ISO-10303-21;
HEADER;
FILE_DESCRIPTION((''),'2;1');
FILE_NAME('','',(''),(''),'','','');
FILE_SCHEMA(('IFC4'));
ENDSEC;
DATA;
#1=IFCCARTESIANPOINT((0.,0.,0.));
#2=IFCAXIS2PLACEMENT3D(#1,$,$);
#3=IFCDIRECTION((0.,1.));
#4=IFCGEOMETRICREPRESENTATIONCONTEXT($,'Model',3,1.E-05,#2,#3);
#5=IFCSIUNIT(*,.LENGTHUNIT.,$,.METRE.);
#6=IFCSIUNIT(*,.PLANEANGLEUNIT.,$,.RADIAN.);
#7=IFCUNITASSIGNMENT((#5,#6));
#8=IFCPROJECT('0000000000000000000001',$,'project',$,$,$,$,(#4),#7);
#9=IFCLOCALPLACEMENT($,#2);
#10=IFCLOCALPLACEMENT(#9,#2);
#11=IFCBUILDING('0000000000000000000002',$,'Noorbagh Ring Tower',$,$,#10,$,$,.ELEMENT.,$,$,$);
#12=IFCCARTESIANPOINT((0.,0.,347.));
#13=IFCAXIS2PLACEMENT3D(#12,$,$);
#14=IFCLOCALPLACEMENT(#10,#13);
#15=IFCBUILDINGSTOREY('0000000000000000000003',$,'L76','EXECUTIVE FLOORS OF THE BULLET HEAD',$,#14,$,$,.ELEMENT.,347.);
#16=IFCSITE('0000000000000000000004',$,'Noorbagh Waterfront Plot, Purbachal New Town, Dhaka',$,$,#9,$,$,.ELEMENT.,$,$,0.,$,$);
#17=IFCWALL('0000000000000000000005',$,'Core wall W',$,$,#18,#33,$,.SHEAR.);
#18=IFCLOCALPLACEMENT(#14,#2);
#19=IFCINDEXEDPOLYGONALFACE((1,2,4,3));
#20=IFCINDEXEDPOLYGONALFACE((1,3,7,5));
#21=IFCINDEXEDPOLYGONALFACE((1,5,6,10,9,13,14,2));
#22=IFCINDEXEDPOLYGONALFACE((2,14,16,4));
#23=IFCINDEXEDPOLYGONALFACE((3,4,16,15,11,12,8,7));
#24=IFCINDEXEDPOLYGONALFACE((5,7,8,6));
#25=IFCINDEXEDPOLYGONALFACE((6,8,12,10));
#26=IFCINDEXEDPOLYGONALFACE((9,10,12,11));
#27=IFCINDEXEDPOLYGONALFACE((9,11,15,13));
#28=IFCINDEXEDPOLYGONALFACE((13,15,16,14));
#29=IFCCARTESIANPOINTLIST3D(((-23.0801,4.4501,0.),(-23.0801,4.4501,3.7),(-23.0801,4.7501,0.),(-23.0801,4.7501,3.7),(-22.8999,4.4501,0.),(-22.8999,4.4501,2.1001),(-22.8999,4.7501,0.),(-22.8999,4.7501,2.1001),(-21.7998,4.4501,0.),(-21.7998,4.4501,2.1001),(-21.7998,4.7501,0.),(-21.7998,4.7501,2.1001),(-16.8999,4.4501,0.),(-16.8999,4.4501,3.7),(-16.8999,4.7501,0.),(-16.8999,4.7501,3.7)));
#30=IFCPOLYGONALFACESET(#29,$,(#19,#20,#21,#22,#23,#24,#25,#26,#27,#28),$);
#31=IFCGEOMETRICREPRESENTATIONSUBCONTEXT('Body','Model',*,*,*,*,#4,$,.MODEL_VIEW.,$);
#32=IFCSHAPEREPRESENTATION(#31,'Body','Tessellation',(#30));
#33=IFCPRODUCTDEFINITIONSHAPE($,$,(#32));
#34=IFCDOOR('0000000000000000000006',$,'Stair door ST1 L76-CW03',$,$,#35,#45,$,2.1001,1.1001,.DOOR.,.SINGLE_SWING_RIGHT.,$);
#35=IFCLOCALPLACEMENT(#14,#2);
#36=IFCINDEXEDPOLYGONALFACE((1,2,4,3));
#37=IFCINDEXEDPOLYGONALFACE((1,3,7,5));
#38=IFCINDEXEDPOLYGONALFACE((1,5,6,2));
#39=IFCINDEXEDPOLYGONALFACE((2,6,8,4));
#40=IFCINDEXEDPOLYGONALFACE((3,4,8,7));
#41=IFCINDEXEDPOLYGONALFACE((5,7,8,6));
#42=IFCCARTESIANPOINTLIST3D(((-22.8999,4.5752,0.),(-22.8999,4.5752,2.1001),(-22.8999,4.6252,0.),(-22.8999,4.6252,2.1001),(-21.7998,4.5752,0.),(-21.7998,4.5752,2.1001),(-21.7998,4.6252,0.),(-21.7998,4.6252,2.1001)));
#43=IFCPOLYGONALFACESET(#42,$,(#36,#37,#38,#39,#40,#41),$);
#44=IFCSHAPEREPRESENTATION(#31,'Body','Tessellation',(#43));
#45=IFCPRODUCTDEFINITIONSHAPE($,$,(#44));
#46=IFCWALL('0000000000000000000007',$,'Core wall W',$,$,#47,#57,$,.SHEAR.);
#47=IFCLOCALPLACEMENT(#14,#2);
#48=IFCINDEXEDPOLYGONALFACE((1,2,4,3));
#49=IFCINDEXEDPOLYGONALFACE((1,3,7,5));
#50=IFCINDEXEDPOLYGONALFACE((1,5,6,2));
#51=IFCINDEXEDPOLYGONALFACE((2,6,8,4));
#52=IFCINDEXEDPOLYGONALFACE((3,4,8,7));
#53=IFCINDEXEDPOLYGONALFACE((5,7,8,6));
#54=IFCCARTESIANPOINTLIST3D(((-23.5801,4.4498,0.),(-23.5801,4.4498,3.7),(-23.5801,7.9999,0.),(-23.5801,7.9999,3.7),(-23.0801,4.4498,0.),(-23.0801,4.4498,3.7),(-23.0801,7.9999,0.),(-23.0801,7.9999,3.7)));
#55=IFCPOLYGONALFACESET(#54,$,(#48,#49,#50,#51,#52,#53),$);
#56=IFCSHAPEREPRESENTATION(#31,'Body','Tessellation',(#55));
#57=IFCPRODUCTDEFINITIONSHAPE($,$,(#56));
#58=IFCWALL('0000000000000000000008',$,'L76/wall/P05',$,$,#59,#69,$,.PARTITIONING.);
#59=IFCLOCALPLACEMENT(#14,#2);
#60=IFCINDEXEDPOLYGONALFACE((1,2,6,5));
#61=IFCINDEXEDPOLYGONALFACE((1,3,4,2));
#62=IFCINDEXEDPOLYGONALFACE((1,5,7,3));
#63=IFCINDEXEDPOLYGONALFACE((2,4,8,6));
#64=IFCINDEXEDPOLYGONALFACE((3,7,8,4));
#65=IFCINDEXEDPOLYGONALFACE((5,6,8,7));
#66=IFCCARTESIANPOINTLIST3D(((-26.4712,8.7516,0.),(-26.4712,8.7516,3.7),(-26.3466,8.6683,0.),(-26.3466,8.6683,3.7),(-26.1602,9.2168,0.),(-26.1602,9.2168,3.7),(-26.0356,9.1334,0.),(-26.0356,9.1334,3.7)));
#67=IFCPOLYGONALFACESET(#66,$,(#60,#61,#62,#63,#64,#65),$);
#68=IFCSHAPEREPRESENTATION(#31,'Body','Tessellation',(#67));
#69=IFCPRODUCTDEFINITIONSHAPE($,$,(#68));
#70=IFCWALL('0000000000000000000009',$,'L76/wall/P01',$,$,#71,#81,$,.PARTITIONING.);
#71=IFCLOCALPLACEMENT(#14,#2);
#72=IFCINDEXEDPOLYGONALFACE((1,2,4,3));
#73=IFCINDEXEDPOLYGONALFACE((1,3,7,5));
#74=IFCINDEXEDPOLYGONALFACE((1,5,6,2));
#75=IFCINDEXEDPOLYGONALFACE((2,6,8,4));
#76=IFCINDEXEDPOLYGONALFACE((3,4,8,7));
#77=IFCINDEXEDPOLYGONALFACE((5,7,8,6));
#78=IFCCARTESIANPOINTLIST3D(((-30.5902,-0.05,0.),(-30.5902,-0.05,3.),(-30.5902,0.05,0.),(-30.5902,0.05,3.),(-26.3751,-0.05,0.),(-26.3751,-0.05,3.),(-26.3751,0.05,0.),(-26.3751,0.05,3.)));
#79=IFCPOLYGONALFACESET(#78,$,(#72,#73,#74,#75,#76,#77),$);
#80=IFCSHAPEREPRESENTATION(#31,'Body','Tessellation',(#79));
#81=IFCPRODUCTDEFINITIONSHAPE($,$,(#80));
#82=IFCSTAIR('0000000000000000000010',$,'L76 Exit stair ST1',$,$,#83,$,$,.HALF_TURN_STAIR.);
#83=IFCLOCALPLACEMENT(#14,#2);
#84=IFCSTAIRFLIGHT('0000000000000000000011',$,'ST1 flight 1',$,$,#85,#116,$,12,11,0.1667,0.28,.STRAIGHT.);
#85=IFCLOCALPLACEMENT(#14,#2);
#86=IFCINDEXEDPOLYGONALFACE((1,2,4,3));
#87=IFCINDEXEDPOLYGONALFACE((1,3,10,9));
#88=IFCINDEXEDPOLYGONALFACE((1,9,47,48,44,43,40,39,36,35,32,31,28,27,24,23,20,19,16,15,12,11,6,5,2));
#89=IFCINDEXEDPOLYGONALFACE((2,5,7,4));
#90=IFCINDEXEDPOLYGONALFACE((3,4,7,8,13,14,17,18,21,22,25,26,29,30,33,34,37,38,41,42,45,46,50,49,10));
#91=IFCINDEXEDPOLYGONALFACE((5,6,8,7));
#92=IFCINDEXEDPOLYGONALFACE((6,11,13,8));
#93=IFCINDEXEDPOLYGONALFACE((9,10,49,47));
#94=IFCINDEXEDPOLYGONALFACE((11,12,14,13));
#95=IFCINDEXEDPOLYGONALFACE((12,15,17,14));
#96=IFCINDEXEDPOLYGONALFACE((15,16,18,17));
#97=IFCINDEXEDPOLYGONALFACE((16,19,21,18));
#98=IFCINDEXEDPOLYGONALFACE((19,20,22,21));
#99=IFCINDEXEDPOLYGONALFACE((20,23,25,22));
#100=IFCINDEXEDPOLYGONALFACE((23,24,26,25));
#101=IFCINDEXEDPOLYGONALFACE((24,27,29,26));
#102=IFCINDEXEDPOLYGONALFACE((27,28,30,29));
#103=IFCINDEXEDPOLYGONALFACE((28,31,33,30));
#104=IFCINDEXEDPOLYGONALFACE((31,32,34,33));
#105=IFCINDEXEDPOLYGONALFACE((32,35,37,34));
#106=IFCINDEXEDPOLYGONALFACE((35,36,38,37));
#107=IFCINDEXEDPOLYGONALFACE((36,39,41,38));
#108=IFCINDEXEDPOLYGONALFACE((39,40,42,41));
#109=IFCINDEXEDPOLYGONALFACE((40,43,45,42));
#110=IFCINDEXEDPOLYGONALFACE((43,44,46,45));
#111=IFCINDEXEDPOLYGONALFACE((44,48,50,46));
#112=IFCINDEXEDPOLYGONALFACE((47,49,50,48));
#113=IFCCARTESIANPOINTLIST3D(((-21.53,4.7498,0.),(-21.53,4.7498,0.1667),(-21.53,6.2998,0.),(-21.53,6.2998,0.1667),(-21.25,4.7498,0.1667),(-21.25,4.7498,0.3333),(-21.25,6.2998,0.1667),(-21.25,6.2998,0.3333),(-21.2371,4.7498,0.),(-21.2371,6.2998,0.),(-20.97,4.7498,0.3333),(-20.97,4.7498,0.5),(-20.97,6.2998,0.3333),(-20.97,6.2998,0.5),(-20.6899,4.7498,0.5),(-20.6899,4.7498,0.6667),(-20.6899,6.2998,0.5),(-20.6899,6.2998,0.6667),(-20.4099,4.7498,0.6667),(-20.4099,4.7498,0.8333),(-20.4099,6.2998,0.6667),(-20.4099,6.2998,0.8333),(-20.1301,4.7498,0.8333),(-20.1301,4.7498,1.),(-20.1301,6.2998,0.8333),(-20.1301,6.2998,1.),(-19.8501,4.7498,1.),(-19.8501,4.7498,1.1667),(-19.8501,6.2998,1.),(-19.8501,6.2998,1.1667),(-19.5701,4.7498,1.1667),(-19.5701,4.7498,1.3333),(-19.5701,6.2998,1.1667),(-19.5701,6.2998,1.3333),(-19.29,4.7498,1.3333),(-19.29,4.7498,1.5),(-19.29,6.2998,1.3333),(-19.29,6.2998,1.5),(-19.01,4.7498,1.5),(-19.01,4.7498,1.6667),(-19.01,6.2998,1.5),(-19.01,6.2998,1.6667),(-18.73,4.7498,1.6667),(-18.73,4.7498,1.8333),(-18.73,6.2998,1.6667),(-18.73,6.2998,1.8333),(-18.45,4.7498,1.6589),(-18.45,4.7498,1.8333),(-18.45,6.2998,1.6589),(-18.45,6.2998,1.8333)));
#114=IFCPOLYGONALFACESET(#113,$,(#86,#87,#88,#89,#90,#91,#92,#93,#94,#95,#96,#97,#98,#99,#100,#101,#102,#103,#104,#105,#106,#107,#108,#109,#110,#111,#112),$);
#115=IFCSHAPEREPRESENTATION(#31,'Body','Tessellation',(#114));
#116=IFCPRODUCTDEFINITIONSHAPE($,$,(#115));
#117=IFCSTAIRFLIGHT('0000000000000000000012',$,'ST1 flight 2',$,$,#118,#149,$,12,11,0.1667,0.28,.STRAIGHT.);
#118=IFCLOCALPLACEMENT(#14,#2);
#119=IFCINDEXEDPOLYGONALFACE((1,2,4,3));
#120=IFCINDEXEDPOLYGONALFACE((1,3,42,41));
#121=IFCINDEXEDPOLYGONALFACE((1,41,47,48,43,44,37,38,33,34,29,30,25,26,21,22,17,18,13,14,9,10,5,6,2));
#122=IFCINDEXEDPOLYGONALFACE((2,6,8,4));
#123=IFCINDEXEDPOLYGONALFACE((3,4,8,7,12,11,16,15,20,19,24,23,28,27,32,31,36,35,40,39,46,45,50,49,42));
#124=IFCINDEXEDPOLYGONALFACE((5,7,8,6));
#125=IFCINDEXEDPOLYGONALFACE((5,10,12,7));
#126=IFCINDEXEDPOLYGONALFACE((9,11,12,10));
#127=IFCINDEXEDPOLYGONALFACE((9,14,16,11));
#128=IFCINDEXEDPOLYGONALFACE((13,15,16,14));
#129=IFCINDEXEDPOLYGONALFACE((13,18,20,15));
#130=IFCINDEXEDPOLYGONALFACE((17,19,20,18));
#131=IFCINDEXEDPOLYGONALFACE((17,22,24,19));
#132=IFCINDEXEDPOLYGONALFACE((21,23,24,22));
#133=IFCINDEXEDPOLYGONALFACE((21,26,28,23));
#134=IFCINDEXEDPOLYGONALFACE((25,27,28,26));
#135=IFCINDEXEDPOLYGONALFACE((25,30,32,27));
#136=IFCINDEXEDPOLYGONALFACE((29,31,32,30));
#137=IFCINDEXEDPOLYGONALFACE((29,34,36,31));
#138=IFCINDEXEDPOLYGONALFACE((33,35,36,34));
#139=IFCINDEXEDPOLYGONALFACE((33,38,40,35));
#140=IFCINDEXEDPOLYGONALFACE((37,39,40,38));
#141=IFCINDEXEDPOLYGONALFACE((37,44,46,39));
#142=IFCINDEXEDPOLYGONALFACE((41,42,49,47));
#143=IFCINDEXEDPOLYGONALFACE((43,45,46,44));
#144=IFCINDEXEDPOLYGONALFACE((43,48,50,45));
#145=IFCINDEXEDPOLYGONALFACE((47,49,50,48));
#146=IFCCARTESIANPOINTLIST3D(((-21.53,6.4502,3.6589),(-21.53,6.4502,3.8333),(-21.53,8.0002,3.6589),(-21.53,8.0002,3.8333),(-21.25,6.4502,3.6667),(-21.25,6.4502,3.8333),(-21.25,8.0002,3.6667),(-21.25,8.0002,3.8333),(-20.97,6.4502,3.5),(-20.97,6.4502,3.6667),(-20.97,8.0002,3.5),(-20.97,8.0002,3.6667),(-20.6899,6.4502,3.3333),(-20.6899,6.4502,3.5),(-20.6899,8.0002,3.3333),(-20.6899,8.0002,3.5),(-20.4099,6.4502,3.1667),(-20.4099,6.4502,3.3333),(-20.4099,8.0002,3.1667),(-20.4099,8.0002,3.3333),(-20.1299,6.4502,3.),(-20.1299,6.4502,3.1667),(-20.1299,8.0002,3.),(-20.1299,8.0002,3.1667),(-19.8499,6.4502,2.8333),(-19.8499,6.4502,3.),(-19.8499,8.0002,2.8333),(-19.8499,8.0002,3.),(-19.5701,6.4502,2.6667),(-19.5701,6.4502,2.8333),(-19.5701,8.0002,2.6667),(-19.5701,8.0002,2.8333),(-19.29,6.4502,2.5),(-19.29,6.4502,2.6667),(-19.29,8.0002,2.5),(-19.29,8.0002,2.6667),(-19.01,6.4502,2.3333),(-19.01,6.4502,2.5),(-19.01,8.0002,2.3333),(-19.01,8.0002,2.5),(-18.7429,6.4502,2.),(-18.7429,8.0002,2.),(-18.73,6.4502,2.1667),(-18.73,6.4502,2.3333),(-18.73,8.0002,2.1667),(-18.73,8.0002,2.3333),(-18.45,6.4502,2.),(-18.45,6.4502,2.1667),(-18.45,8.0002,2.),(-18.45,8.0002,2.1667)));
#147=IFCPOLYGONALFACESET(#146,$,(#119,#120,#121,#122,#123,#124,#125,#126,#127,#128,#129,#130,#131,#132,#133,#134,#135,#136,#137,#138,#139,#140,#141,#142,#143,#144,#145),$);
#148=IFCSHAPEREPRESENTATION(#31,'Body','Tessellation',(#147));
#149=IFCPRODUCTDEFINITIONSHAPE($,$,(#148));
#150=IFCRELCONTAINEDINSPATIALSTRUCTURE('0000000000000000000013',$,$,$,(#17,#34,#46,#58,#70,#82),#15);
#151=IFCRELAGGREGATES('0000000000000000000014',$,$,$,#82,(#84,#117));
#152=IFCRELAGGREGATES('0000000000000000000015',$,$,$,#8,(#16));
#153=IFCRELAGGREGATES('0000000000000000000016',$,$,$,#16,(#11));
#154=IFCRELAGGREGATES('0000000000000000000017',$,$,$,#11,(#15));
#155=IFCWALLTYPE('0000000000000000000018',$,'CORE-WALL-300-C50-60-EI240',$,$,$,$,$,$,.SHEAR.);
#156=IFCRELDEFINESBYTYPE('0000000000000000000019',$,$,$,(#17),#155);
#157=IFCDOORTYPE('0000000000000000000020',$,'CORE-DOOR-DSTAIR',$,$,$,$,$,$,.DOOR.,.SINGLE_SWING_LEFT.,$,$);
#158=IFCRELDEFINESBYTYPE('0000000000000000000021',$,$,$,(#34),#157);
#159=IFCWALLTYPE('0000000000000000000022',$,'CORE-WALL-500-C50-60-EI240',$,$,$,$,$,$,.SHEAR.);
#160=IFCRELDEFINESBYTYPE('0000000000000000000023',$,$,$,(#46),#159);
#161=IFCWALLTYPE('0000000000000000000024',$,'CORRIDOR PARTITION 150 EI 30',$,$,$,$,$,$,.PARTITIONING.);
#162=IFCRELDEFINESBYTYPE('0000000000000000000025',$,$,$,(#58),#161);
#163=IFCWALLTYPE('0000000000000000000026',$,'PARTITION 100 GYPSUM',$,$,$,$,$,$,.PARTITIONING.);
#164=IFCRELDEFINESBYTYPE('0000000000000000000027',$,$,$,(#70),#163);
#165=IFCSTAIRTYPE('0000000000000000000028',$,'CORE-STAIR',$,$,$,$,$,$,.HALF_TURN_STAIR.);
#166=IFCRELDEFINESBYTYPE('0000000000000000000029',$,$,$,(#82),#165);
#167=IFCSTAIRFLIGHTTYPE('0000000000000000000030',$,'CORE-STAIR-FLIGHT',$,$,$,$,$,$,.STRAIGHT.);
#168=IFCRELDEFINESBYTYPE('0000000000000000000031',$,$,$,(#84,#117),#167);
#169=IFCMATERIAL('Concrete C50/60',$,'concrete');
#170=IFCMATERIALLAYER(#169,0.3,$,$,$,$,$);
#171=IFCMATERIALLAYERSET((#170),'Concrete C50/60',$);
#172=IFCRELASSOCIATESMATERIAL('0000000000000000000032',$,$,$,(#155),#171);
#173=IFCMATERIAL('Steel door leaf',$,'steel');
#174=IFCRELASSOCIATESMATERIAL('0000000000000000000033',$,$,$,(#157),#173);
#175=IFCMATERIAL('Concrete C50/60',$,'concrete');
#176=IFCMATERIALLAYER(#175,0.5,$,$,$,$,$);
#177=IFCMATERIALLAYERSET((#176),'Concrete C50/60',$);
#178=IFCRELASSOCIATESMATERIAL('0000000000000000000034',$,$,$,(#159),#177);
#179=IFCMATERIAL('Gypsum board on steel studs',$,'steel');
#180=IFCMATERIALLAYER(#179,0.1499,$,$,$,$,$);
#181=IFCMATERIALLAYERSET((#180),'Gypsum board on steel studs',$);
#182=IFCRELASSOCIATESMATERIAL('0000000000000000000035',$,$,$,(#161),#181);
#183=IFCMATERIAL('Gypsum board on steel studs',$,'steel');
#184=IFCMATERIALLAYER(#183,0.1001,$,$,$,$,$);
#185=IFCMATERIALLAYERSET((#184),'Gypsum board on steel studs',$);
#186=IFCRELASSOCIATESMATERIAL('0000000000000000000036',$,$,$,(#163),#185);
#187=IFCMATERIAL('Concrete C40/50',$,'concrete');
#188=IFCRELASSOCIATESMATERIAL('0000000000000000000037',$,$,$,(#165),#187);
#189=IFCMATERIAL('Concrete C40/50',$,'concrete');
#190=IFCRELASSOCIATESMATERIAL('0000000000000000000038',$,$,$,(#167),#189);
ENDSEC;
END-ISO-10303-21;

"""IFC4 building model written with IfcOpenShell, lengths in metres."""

from ifc_helpers import new_model, si_unit, direction, frame, frame_2d, origin, place, context, subcontext, project, spatial, polyline, rectangle, outline, extrude, material, layer, layer_set, type_object, element, fill, aggregate, save


model = new_model("IFC4")

# Units and contexts
model_context = context("Model", 3, precision=1e-05, world=origin(), true_north=direction((0.0, 1.0)))
body_context = subcontext(model_context, "Body", "Model", "MODEL_VIEW")
ifc_project = project(units=[si_unit("LENGTHUNIT", "METRE"), si_unit("PLANEANGLEUNIT", "RADIAN")], contexts=[model_context])

# Site, building, storey
site_placement = place(None, origin())
site = spatial("IfcSite", under=ifc_project, at=site_placement, Name="Noorbagh Waterfront Plot, Purbachal New Town, Dhaka", CompositionType="ELEMENT", RefElevation=0.0)
building_placement = place(site_placement, origin())
building = spatial("IfcBuilding", under=site, at=building_placement, Name="Noorbagh Ring Tower", CompositionType="ELEMENT")
storey_placement = place(building_placement, frame((0.0, 0.0, 347.0)))
storey = spatial("IfcBuildingStorey", under=building, at=storey_placement, Name="L76", Description="EXECUTIVE FLOORS OF THE BULLET HEAD", CompositionType="ELEMENT", Elevation=347.0)

# Wall, opening, door
ifc_material_1 = material(Name="Concrete C50/60", Category="concrete")
ifc_layer_1 = layer(ifc_material_1, 0.3)
ifc_layer_set_1 = layer_set([ifc_layer_1], Name="Concrete C50/60")
wall_type_1 = type_object("IfcWallType", Name="CORE-WALL-300-C50-60-EI240", PredefinedType="SHEAR", material=ifc_layer_set_1)
wall_1_placement = place(storey_placement, frame((-16.8999, 4.6001, 0.0), z_axis=(0.0, 0.0, 1.0), x_axis=(-1.0, 0.0, 0.0)))
wall_1 = element("IfcWall", 1, at=wall_1_placement, inside=storey, type_object=wall_type_1, Name="Core wall W", PredefinedType="SHEAR", context=body_context, shape_type="SweptSolid", body=[
    extrude(rectangle(XDim=6.1802, YDim=0.3, at=frame_2d((3.0901, 0.0))), origin(), (0.0, 0.0, 1.0), 3.7),
])
opening_placement = place(wall_1_placement, frame((4.8999, 0.0, 0.0)))
opening = element("IfcOpeningElement", 2, at=opening_placement, cuts=wall_1, PredefinedType="OPENING", context=body_context, shape_type="SweptSolid", body=[
    extrude(rectangle(XDim=1.1001, YDim=2.1001, at=frame_2d((0.55, 1.05))), frame((0.0, 0.1602, 0.0), z_axis=(0.0, -1.0, 0.0), x_axis=(1.0, 0.0, 0.0)), (0.0, 0.0, 1.0), 0.3201),
])
ifc_material_2 = material(Name="Steel door leaf", Category="steel")
door_type = type_object("IfcDoorType", Name="CORE-DOOR-DSTAIR", OperationType="SINGLE_SWING_LEFT", PredefinedType="DOOR", material=ifc_material_2)
door_placement = place(opening_placement, origin())
door = element("IfcDoor", 3, at=door_placement, inside=storey, type_object=door_type, Name="Stair door ST1 L76-CW03", OperationType="SINGLE_SWING_RIGHT", OverallHeight=2.1001, OverallWidth=1.1001, PredefinedType="DOOR", context=body_context, shape_type="SweptSolid", body=[
    extrude(rectangle(XDim=1.1001, YDim=2.1001, at=frame_2d((0.55, 1.05))), frame((0.0, 0.0249, 0.0), z_axis=(0.0, -1.0, 0.0), x_axis=(1.0, 0.0, 0.0)), (0.0, 0.0, 1.0), 0.05),
])
fill(opening, door)

# Walls
ifc_material_3 = material(Name="Concrete C50/60", Category="concrete")
ifc_layer_2 = layer(ifc_material_3, 0.5)
ifc_layer_set_2 = layer_set([ifc_layer_2], Name="Concrete C50/60")
wall_type_2 = type_object("IfcWallType", Name="CORE-WALL-500-C50-60-EI240", PredefinedType="SHEAR", material=ifc_layer_set_2)
wall_2_placement = place(storey_placement, frame((-23.3301, 4.45, 0.0), z_axis=(0.0, 0.0, 1.0), x_axis=(0.0, 1.0, 0.0)))
element("IfcWall", 4, at=wall_2_placement, inside=storey, type_object=wall_type_2, Name="Core wall W", PredefinedType="SHEAR", context=body_context, shape_type="SweptSolid", body=[
    extrude(rectangle(XDim=3.55, YDim=0.5, at=frame_2d((1.7749, 0.0))), origin(), (0.0, 0.0, 1.0), 3.7),
])
ifc_material_4 = material(Name="Gypsum board on steel studs", Category="steel")
ifc_layer_3 = layer(ifc_material_4, 0.1499)
ifc_layer_set_3 = layer_set([ifc_layer_3], Name="Gypsum board on steel studs")
wall_type_3 = type_object("IfcWallType", Name="CORRIDOR PARTITION 150 EI 30", PredefinedType="PARTITIONING", material=ifc_layer_set_3)
wall_3_placement = place(storey_placement, frame((-26.4089, 8.71, 0.0), z_axis=(0.0, 0.0, 1.0), x_axis=(0.555908, 0.831244, 0.0)))
element("IfcWall", 5, at=wall_3_placement, inside=storey, type_object=wall_type_3, Name="L76/wall/P05", PredefinedType="PARTITIONING", context=body_context, shape_type="SweptSolid", body=[
    extrude(rectangle(XDim=0.5596, YDim=0.1499, at=frame_2d((0.2798, 0.0))), origin(), (0.0, 0.0, 1.0), 3.7),
])
ifc_material_5 = material(Name="Gypsum board on steel studs", Category="steel")
ifc_layer_4 = layer(ifc_material_5, 0.1001)
ifc_layer_set_4 = layer_set([ifc_layer_4], Name="Gypsum board on steel studs")
wall_type_4 = type_object("IfcWallType", Name="PARTITION 100 GYPSUM", PredefinedType="PARTITIONING", material=ifc_layer_set_4)
wall_4_placement = place(storey_placement, frame((-30.5901, 0.0, 0.0), z_axis=(0.0, 0.0, 1.0), x_axis=(1.0, 0.0, 0.0)))
element("IfcWall", 6, at=wall_4_placement, inside=storey, type_object=wall_type_4, Name="L76/wall/P01", PredefinedType="PARTITIONING", context=body_context, shape_type="SweptSolid", body=[
    extrude(rectangle(XDim=4.2151, YDim=0.1001, at=frame_2d((2.1074, 0.0))), origin(), (0.0, 0.0, 1.0), 3.0),
])

# Stair, stair flights
ifc_material_6 = material(Name="Concrete C40/50", Category="concrete")
stair_type = type_object("IfcStairType", Name="CORE-STAIR", PredefinedType="HALF_TURN_STAIR", material=ifc_material_6)
stair_placement = place(storey_placement, origin())
stair = element("IfcStair", 7, at=stair_placement, inside=storey, type_object=stair_type, Name="L76 Exit stair ST1", PredefinedType="HALF_TURN_STAIR")
ifc_material_7 = material(Name="Concrete C40/50", Category="concrete")
stair_flight_type = type_object("IfcStairFlightType", Name="CORE-STAIR-FLIGHT", PredefinedType="STRAIGHT", material=ifc_material_7)
stair_flight_1_placement = place(storey_placement, frame((-21.53, 5.5249, 0.0), z_axis=(0.0, 0.0, 1.0), x_axis=(1.0, 0.0, 0.0)))
stair_flight_1 = element("IfcStairFlight", 8, at=stair_flight_1_placement, type_object=stair_flight_type, Name="ST1 flight 1", NumberOfRisers=12, NumberOfTreads=11, PredefinedType="STRAIGHT", RiserHeight=0.1667, TreadLength=0.28, context=body_context, shape_type="SweptSolid", body=[
    extrude(outline(polyline([(0.0, 0.0), (0.0, 0.1667), (0.28, 0.1667), (0.28, 0.3333), (0.5601, 0.3333), (0.5601, 0.5), (0.8401, 0.5), (0.8401, 0.6667), (1.1201, 0.6667), (1.1201, 0.8333), (1.3999, 0.8333), (1.3999, 1.0), (1.6799, 1.0), (1.6799, 1.1667), (1.96, 1.1667), (1.96, 1.3333), (2.24, 1.3333), (2.24, 1.5), (2.52, 1.5), (2.52, 1.6667), (2.8, 1.6667), (2.8, 1.8333), (3.0801, 1.8333), (3.0801, 2.0), (3.0801, 1.6589), (0.293, 0.0), (0.0, 0.0)])), frame((0.0, 0.7749, 0.0), z_axis=(0.0, -1.0, 0.0), x_axis=(1.0, 0.0, 0.0)), (0.0, 0.0, 1.0), 1.55),
])
stair_flight_2_placement = place(storey_placement, frame((-18.45, 7.2251, 2.0), z_axis=(0.0, 0.0, 1.0), x_axis=(-1.0, 0.0, 0.0)))
stair_flight_2 = element("IfcStairFlight", 9, at=stair_flight_2_placement, type_object=stair_flight_type, Name="ST1 flight 2", NumberOfRisers=12, NumberOfTreads=11, PredefinedType="STRAIGHT", RiserHeight=0.1667, TreadLength=0.28, context=body_context, shape_type="SweptSolid", body=[
    extrude(outline(polyline([(0.0, 0.0), (0.0, 0.1667), (0.28, 0.1667), (0.28, 0.3333), (0.5601, 0.3333), (0.5601, 0.5), (0.8401, 0.5), (0.8401, 0.6667), (1.1201, 0.6667), (1.1201, 0.8333), (1.3999, 0.8333), (1.3999, 1.0), (1.6799, 1.0), (1.6799, 1.1667), (1.96, 1.1667), (1.96, 1.3333), (2.24, 1.3333), (2.24, 1.5), (2.52, 1.5), (2.52, 1.6667), (2.8, 1.6667), (2.8, 1.8333), (3.0801, 1.8333), (3.0801, 2.0), (3.0801, 1.6589), (0.293, 0.0), (0.0, 0.0)])), frame((0.0, 0.7749, 0.0), z_axis=(0.0, -1.0, 0.0), x_axis=(1.0, 0.0, 0.0)), (0.0, 0.0, 1.0), 1.55),
])
aggregate(stair, [stair_flight_1, stair_flight_2])

save(model, "model.ifc")
